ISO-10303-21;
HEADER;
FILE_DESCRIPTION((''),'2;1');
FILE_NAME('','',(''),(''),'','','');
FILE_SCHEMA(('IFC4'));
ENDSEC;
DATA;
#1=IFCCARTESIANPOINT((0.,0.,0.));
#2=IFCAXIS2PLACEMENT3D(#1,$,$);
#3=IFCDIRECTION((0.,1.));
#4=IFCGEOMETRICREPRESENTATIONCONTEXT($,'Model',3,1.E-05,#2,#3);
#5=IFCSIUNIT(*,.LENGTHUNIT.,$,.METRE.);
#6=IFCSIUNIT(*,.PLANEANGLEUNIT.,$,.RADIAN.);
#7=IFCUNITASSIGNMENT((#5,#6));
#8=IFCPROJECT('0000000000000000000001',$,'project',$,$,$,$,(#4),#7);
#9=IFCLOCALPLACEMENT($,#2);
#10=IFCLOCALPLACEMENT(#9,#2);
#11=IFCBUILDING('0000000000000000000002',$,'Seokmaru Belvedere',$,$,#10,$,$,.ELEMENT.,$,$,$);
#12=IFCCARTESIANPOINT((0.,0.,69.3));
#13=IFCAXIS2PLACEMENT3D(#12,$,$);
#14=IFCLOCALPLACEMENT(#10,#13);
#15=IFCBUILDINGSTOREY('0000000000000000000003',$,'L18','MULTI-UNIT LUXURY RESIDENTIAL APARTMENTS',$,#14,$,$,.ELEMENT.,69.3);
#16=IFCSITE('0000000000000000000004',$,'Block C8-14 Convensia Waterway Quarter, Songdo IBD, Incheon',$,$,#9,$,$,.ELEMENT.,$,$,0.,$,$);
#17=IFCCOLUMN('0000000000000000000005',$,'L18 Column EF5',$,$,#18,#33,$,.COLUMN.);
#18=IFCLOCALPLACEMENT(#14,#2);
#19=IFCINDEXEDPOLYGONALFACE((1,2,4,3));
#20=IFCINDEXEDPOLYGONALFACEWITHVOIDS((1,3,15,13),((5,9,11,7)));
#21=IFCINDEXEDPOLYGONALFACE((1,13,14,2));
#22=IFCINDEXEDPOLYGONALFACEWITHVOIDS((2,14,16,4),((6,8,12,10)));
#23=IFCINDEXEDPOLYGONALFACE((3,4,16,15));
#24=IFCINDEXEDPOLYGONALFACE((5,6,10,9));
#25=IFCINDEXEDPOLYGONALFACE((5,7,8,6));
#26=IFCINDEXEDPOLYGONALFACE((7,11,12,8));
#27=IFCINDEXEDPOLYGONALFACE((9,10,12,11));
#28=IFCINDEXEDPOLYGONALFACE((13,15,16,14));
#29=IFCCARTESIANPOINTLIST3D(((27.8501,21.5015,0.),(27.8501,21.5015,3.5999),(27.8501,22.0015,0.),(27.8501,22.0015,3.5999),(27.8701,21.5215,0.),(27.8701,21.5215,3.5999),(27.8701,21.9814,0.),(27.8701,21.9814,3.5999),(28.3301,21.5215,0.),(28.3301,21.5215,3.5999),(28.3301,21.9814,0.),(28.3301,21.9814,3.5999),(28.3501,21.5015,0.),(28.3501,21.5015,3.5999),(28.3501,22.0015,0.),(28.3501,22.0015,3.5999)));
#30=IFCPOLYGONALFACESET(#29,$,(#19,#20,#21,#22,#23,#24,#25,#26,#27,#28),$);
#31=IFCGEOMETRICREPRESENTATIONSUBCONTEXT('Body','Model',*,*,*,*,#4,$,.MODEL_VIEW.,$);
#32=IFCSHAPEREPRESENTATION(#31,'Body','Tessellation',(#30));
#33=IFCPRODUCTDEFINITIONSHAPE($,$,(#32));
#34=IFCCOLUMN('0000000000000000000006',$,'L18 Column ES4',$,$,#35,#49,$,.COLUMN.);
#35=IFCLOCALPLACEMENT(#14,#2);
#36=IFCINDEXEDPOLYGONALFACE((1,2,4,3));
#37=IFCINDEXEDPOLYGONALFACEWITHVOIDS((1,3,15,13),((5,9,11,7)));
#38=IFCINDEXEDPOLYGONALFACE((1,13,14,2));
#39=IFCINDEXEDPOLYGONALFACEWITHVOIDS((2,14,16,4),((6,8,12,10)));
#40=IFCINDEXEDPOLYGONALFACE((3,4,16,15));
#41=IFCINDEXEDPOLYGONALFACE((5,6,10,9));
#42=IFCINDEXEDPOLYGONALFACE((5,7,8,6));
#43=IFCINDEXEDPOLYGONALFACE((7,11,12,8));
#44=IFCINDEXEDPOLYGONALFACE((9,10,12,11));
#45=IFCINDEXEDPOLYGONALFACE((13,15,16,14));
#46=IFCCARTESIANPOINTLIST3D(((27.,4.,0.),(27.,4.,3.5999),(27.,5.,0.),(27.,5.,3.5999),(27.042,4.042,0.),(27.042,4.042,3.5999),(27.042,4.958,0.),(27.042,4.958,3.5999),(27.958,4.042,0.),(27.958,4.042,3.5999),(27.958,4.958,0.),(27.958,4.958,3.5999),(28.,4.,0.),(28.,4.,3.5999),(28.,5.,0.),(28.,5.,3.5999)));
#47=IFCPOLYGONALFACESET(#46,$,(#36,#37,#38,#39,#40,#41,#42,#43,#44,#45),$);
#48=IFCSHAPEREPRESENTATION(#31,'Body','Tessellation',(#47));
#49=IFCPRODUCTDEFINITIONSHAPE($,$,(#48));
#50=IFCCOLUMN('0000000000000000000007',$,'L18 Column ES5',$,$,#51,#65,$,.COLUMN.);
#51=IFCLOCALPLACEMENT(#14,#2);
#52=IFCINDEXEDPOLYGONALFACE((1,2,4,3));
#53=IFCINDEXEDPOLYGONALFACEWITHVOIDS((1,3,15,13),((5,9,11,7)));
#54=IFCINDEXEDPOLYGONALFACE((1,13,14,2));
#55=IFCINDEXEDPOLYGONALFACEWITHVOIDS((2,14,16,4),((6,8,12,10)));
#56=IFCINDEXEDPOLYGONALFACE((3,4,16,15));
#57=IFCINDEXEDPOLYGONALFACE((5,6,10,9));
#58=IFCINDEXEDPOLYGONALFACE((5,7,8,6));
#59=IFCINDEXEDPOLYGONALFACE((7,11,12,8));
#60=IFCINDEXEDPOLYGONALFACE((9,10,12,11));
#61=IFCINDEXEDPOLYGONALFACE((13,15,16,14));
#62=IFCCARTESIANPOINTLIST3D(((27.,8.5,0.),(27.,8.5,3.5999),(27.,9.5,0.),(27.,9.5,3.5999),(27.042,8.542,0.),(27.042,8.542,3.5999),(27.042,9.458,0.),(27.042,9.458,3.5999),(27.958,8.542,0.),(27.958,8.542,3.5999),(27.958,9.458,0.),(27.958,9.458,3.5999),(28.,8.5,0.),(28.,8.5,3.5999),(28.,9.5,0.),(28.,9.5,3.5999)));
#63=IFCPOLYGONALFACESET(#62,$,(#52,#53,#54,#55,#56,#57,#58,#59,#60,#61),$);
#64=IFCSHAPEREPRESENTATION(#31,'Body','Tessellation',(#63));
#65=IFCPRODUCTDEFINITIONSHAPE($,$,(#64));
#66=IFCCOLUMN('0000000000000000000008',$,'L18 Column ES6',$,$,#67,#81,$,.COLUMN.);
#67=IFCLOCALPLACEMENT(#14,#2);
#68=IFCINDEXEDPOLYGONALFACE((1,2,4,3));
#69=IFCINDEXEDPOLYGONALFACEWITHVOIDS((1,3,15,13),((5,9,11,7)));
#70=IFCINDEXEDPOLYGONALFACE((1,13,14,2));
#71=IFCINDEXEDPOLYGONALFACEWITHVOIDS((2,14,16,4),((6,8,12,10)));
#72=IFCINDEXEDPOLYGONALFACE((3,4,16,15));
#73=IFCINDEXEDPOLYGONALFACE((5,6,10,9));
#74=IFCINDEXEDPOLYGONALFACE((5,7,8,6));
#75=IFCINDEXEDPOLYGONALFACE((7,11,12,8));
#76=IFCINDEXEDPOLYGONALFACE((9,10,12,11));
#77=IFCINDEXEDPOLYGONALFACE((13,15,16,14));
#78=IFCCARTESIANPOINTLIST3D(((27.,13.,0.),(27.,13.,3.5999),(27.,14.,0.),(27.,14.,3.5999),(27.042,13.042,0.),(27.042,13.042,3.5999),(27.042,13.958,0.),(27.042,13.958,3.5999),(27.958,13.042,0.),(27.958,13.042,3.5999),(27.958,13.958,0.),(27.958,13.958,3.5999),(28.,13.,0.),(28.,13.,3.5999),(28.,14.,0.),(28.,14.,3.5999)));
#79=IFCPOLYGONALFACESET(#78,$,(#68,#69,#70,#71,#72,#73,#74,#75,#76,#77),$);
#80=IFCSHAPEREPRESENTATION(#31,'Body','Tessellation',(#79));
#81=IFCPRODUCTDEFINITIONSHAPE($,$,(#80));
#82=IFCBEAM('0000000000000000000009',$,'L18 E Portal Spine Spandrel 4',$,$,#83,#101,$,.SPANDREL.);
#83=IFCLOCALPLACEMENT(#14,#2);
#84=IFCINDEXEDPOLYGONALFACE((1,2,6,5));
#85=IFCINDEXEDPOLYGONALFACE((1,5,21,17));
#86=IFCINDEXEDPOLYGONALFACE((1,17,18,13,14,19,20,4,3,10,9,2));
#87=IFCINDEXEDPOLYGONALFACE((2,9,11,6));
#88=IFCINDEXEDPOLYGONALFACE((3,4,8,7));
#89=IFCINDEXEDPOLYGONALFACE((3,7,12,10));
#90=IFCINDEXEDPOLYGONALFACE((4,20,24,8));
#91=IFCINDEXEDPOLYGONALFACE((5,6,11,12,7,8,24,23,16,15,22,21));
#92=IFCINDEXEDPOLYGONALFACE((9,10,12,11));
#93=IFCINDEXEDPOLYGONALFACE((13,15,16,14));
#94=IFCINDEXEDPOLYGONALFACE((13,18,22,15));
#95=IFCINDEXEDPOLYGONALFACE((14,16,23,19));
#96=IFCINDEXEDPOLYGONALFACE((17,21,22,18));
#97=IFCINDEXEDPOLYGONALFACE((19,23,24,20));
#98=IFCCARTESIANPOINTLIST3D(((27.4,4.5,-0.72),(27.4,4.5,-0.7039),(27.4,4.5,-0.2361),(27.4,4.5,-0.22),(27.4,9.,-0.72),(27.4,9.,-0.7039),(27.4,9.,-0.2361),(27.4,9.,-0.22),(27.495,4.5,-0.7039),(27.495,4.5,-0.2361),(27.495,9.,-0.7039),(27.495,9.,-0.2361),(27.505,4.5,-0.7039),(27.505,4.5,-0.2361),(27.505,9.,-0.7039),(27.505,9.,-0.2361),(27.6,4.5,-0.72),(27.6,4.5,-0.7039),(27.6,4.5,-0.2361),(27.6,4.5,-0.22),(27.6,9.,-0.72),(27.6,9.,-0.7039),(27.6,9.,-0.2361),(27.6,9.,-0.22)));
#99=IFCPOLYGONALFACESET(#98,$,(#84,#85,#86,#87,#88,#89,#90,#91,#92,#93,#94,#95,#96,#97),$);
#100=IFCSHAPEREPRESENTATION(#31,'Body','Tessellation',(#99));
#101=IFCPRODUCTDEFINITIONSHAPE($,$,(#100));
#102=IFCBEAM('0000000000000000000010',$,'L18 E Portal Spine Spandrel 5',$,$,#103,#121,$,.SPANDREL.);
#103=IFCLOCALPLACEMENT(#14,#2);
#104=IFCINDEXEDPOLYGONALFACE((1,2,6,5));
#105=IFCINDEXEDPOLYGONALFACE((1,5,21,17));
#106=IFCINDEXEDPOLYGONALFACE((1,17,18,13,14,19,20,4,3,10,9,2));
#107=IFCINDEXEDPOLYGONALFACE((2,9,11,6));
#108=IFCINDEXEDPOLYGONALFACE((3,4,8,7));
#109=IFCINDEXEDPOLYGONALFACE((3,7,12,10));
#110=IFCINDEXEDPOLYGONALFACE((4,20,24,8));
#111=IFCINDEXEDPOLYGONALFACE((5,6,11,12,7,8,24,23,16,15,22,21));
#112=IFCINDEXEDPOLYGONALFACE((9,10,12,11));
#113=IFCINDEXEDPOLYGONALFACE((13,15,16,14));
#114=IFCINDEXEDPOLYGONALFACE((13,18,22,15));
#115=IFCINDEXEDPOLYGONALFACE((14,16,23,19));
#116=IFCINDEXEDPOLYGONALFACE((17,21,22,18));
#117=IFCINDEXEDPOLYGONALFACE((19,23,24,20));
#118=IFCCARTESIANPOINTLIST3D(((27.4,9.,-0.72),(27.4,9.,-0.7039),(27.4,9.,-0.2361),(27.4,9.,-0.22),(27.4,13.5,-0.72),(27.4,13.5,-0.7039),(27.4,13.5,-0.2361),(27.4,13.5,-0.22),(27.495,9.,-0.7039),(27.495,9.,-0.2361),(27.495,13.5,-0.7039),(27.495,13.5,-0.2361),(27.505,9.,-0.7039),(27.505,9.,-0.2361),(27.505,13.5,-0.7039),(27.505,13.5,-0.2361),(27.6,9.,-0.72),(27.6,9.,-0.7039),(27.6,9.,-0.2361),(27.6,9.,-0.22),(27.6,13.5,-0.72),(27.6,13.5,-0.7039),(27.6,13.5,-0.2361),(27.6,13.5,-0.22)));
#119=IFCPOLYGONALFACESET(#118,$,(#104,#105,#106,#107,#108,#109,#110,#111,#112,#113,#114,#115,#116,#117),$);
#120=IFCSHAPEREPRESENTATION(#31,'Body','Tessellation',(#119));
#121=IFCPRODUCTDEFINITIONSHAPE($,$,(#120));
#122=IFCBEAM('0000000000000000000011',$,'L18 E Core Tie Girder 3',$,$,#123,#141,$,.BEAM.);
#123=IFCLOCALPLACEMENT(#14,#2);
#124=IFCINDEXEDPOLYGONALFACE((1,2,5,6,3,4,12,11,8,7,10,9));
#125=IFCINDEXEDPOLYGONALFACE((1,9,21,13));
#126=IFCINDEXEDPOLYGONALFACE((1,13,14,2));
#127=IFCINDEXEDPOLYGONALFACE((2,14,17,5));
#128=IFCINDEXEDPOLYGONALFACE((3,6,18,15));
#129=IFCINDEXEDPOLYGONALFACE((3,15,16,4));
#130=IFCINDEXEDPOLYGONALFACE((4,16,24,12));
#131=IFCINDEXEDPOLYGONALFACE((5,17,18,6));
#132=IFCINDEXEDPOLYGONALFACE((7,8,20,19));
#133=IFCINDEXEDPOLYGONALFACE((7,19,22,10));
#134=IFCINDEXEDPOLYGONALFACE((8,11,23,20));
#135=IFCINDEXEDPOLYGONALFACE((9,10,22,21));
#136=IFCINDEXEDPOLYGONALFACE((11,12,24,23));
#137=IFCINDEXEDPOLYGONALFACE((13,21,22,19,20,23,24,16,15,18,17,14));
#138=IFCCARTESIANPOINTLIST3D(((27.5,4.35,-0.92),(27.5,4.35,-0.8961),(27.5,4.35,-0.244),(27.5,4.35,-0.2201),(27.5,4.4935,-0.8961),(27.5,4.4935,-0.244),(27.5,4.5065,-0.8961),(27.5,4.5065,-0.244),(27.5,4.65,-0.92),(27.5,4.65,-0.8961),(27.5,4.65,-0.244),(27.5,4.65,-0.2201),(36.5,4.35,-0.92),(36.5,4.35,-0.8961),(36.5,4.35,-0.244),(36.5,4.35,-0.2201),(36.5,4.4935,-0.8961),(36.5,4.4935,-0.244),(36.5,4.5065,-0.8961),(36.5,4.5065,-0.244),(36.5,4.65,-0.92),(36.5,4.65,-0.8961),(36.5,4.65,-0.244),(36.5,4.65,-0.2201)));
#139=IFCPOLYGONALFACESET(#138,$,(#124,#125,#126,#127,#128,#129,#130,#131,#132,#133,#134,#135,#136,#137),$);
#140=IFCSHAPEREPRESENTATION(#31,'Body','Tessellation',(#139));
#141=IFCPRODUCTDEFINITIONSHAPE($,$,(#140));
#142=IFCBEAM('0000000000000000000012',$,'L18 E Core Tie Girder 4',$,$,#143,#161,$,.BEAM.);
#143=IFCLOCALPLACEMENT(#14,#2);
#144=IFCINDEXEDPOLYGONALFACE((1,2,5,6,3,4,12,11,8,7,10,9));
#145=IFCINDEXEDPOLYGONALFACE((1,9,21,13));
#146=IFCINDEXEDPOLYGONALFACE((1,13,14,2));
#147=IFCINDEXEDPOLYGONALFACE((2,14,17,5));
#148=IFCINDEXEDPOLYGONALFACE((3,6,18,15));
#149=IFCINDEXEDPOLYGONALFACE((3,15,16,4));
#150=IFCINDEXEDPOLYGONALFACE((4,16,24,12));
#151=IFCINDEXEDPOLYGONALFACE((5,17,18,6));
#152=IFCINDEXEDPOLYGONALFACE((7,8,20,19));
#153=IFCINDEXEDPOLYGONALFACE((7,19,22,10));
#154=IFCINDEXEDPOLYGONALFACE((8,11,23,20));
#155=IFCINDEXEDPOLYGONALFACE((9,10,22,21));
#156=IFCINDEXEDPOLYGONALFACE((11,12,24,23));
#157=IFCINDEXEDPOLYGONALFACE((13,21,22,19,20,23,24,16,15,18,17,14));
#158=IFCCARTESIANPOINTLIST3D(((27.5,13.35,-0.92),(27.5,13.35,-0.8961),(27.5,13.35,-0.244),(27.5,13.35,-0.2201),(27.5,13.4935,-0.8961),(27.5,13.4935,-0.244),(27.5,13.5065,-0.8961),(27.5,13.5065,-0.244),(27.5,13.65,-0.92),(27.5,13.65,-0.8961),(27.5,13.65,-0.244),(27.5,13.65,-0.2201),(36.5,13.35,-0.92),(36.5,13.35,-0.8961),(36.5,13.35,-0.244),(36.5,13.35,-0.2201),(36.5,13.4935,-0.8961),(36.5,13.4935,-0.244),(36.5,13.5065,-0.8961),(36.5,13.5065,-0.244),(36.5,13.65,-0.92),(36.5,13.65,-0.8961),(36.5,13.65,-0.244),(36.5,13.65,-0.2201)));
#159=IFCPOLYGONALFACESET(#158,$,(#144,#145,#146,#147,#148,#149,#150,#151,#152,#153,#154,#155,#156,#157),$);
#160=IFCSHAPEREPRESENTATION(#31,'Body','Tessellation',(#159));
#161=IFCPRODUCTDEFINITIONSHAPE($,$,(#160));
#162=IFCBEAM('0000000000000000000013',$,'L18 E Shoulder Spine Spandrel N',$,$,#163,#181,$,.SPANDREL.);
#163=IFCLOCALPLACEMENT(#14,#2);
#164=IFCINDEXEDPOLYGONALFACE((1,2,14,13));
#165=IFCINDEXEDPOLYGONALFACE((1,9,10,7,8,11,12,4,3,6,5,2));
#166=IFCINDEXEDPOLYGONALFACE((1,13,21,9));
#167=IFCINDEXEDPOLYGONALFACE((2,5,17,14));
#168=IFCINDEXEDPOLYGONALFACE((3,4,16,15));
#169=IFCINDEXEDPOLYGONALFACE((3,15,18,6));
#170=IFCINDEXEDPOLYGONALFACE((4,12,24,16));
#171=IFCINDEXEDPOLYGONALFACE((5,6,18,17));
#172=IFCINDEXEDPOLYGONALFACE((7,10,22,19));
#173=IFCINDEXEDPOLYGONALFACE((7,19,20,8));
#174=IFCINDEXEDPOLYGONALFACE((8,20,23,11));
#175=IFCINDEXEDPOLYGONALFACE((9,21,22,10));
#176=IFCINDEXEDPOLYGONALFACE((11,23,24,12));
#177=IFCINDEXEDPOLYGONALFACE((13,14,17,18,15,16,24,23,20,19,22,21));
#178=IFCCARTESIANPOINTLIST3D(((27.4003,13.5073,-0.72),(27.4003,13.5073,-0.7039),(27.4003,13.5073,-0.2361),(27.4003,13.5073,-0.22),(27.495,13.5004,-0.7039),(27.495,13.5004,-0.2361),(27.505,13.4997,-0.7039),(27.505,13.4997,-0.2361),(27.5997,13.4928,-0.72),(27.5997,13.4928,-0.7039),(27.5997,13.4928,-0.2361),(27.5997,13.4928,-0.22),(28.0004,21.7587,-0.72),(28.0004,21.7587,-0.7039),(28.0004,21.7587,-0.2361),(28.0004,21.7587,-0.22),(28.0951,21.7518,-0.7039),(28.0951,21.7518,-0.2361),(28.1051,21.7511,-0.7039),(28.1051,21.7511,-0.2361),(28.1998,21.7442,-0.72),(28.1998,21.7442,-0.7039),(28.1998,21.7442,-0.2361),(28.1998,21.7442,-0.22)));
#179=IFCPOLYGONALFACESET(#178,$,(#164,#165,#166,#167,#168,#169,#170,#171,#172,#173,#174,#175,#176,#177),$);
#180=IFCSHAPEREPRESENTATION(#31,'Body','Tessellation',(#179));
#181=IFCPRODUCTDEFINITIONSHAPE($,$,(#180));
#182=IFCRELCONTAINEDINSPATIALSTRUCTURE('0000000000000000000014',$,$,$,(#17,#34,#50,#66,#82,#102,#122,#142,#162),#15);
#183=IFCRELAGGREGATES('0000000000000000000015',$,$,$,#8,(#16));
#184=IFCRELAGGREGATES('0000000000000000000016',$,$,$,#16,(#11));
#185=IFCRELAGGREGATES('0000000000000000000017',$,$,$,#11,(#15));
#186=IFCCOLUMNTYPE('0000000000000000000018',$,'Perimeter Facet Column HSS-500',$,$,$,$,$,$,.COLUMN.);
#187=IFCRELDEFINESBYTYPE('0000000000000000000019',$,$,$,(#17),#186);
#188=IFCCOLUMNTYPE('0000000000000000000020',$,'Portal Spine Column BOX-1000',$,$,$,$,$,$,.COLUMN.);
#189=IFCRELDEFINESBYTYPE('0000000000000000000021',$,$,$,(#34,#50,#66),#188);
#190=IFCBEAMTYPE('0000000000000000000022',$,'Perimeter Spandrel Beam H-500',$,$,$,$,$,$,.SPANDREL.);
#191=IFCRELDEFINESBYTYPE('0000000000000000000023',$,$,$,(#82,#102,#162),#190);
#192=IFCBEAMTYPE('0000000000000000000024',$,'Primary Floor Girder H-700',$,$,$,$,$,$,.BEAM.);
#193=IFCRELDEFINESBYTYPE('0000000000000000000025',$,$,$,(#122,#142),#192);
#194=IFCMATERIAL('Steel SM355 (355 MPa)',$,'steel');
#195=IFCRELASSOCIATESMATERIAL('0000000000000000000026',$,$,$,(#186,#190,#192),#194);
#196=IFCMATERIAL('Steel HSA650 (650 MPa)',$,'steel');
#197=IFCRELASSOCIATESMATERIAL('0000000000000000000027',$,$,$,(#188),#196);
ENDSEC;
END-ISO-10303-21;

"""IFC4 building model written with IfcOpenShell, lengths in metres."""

from ifc_helpers import new_model, si_unit, direction, frame, origin, origin_2d, place, context, subcontext, project, spatial, hollow_rectangle, i_section, extrude, source, transform, mapped, material, material_profile, profile_set, type_object, type_shapes, element, save


model = new_model("IFC4")

# Units and contexts
model_context = context("Model", 3, precision=1e-05, world=origin(), true_north=direction((0.0, 1.0)))
body_context = subcontext(model_context, "Body", "Model", "MODEL_VIEW")
ifc_project = project(units=[si_unit("LENGTHUNIT", "METRE"), si_unit("PLANEANGLEUNIT", "RADIAN")], contexts=[model_context])

# Site, building, storey
site_placement = place(None, origin())
site = spatial("IfcSite", under=ifc_project, at=site_placement, Name="Block C8-14 Convensia Waterway Quarter, Songdo IBD, Incheon", CompositionType="ELEMENT", RefElevation=0.0)
building_placement = place(site_placement, origin())
building = spatial("IfcBuilding", under=site, at=building_placement, Name="Seokmaru Belvedere", CompositionType="ELEMENT")
storey_placement = place(building_placement, frame((0.0, 0.0, 69.3)))
storey = spatial("IfcBuildingStorey", under=building, at=storey_placement, Name="L18", Description="MULTI-UNIT LUXURY RESIDENTIAL APARTMENTS", CompositionType="ELEMENT", Elevation=69.3)

# Columns
ifc_material_1 = material(Name="Steel SM355 (355 MPa)", Category="steel")
ifc_material_profile_1 = material_profile(ifc_material_1, hollow_rectangle(XDim=0.5, YDim=0.5, WallThickness=0.02, at=origin_2d()), Name="HSS-500x500x20")
ifc_profile_set_1 = profile_set([ifc_material_profile_1], Name="Steel SM355 (355 MPa)")
column_type_1 = type_object("IfcColumnType", Name="Perimeter Facet Column HSS-500", PredefinedType="COLUMN", material=ifc_profile_set_1)
shared_shape_1 = source(origin(), body_context, "Body", "SweptSolid", [
    extrude(hollow_rectangle(XDim=0.5, YDim=0.5, WallThickness=0.02, at=origin_2d()), origin(), (0.0, 0.0, 1.0), 3.5999),
])
type_shapes(column_type_1, [shared_shape_1])
column_placement = place(storey_placement, frame((28.1001, 21.7515, 0.0), z_axis=(0.0, 0.0, 1.0), x_axis=(1.0, 0.0, 0.0)))
element("IfcColumn", 1, at=column_placement, inside=storey, type_object=column_type_1, Name="L18 Column EF5", PredefinedType="COLUMN", context=body_context, shape_type="MappedRepresentation", body=[
    mapped(shared_shape_1, transform((0.0, 0.0, 0.0), scale=1.0)),
])
ifc_material_2 = material(Name="Steel HSA650 (650 MPa)", Category="steel")
ifc_material_profile_2 = material_profile(ifc_material_2, hollow_rectangle(XDim=1.0, YDim=1.0, WallThickness=0.042, at=origin_2d()), Name="BOX-1000x1000x42")
ifc_profile_set_2 = profile_set([ifc_material_profile_2], Name="Steel HSA650 (650 MPa)")
column_type_2 = type_object("IfcColumnType", Name="Portal Spine Column BOX-1000", PredefinedType="COLUMN", material=ifc_profile_set_2)
shared_shape_2 = source(origin(), body_context, "Body", "SweptSolid", [
    extrude(hollow_rectangle(XDim=1.0, YDim=1.0, WallThickness=0.042, at=origin_2d()), origin(), (0.0, 0.0, 1.0), 3.5999),
])
type_shapes(column_type_2, [shared_shape_2])
for number, where, z_axis, x_axis, name in (
    (2, (27.5, 4.5, 0.0), (0.0, 0.0, 1.0), (1.0, 0.0, 0.0), "L18 Column ES4"),
    (3, (27.5, 9.0, 0.0), (0.0, 0.0, 1.0), (1.0, 0.0, 0.0), "L18 Column ES5"),
    (4, (27.5, 13.5, 0.0), (0.0, 0.0, 1.0), (1.0, 0.0, 0.0), "L18 Column ES6"),
):
    element("IfcColumn", number, at=place(storey_placement, frame(where, z_axis=z_axis, x_axis=x_axis)), inside=storey, type_object=column_type_2, Name=name, PredefinedType="COLUMN", context=body_context, shape_type="MappedRepresentation", body=[
        mapped(shared_shape_2, transform((0.0, 0.0, 0.0), scale=1.0)),
    ])

# Beams
ifc_material_profile_3 = material_profile(ifc_material_1, i_section(OverallWidth=0.2, OverallDepth=0.5, WebThickness=0.01, FlangeThickness=0.0161, at=origin_2d()), Name="H-500x200x10x16")
ifc_profile_set_3 = profile_set([ifc_material_profile_3], Name="Steel SM355 (355 MPa)")
beam_type_1 = type_object("IfcBeamType", Name="Perimeter Spandrel Beam H-500", PredefinedType="SPANDREL", material=ifc_profile_set_3)
shared_shape_3 = source(origin(), body_context, "Body", "SweptSolid", [
    extrude(i_section(OverallWidth=0.2, OverallDepth=0.5, WebThickness=0.01, FlangeThickness=0.0161, at=origin_2d()), origin(), (0.0, 0.0, 1.0), 4.5),
])
for number, where, z_axis, x_axis, name in (
    (5, (27.5, 4.5, -0.47), (0.0, 1.0, 0.0), (-1.0, 0.0, 0.0), "L18 E Portal Spine Spandrel 4"),
    (6, (27.5, 9.0, -0.47), (0.0, 1.0, 0.0), (-1.0, 0.0, 0.0), "L18 E Portal Spine Spandrel 5"),
):
    element("IfcBeam", number, at=place(storey_placement, frame(where, z_axis=z_axis, x_axis=x_axis)), inside=storey, type_object=beam_type_1, Name=name, PredefinedType="SPANDREL", context=body_context, shape_type="MappedRepresentation", body=[
        mapped(shared_shape_3, transform((0.0, 0.0, 0.0), scale=1.0)),
    ])
ifc_material_profile_4 = material_profile(ifc_material_1, i_section(OverallWidth=0.3, OverallDepth=0.7, WebThickness=0.0129, FlangeThickness=0.0239, at=origin_2d()), Name="H-700x300x13x24")
ifc_profile_set_4 = profile_set([ifc_material_profile_4], Name="Steel SM355 (355 MPa)")
beam_type_2 = type_object("IfcBeamType", Name="Primary Floor Girder H-700", PredefinedType="BEAM", material=ifc_profile_set_4)
shared_shape_4 = source(origin(), body_context, "Body", "SweptSolid", [
    extrude(i_section(OverallWidth=0.3, OverallDepth=0.7, WebThickness=0.0129, FlangeThickness=0.0239, at=origin_2d()), origin(), (0.0, 0.0, 1.0), 9.0),
])
type_shapes(beam_type_2, [shared_shape_4])
for number, where, z_axis, x_axis, name in (
    (7, (27.5, 4.5, -0.5701), (1.0, 0.0, 0.0), (0.0, 1.0, 0.0), "L18 E Core Tie Girder 3"),
    (8, (27.5, 13.5, -0.5701), (1.0, 0.0, 0.0), (0.0, 1.0, 0.0), "L18 E Core Tie Girder 4"),
):
    element("IfcBeam", number, at=place(storey_placement, frame(where, z_axis=z_axis, x_axis=x_axis)), inside=storey, type_object=beam_type_2, Name=name, PredefinedType="BEAM", context=body_context, shape_type="MappedRepresentation", body=[
        mapped(shared_shape_4, transform((0.0, 0.0, 0.0), scale=1.0)),
    ])
shared_shape_5 = source(origin(), body_context, "Body", "SweptSolid", [
    extrude(i_section(OverallWidth=0.2, OverallDepth=0.5, WebThickness=0.01, FlangeThickness=0.0161, at=origin_2d()), origin(), (0.0, 0.0, 1.0), 8.2732),
])
type_shapes(beam_type_1, [shared_shape_3, shared_shape_5])
beam_placement = place(storey_placement, frame((28.1001, 21.7515, -0.47), z_axis=(-0.072535, -0.997366, 0.0), x_axis=(0.997366, -0.072535, 0.0)))
element("IfcBeam", 9, at=beam_placement, inside=storey, type_object=beam_type_1, Name="L18 E Shoulder Spine Spandrel N", PredefinedType="SPANDREL", context=body_context, shape_type="MappedRepresentation", body=[
    mapped(shared_shape_5, transform((0.0, 0.0, 0.0), scale=1.0)),
])

save(model, "model.ifc")
